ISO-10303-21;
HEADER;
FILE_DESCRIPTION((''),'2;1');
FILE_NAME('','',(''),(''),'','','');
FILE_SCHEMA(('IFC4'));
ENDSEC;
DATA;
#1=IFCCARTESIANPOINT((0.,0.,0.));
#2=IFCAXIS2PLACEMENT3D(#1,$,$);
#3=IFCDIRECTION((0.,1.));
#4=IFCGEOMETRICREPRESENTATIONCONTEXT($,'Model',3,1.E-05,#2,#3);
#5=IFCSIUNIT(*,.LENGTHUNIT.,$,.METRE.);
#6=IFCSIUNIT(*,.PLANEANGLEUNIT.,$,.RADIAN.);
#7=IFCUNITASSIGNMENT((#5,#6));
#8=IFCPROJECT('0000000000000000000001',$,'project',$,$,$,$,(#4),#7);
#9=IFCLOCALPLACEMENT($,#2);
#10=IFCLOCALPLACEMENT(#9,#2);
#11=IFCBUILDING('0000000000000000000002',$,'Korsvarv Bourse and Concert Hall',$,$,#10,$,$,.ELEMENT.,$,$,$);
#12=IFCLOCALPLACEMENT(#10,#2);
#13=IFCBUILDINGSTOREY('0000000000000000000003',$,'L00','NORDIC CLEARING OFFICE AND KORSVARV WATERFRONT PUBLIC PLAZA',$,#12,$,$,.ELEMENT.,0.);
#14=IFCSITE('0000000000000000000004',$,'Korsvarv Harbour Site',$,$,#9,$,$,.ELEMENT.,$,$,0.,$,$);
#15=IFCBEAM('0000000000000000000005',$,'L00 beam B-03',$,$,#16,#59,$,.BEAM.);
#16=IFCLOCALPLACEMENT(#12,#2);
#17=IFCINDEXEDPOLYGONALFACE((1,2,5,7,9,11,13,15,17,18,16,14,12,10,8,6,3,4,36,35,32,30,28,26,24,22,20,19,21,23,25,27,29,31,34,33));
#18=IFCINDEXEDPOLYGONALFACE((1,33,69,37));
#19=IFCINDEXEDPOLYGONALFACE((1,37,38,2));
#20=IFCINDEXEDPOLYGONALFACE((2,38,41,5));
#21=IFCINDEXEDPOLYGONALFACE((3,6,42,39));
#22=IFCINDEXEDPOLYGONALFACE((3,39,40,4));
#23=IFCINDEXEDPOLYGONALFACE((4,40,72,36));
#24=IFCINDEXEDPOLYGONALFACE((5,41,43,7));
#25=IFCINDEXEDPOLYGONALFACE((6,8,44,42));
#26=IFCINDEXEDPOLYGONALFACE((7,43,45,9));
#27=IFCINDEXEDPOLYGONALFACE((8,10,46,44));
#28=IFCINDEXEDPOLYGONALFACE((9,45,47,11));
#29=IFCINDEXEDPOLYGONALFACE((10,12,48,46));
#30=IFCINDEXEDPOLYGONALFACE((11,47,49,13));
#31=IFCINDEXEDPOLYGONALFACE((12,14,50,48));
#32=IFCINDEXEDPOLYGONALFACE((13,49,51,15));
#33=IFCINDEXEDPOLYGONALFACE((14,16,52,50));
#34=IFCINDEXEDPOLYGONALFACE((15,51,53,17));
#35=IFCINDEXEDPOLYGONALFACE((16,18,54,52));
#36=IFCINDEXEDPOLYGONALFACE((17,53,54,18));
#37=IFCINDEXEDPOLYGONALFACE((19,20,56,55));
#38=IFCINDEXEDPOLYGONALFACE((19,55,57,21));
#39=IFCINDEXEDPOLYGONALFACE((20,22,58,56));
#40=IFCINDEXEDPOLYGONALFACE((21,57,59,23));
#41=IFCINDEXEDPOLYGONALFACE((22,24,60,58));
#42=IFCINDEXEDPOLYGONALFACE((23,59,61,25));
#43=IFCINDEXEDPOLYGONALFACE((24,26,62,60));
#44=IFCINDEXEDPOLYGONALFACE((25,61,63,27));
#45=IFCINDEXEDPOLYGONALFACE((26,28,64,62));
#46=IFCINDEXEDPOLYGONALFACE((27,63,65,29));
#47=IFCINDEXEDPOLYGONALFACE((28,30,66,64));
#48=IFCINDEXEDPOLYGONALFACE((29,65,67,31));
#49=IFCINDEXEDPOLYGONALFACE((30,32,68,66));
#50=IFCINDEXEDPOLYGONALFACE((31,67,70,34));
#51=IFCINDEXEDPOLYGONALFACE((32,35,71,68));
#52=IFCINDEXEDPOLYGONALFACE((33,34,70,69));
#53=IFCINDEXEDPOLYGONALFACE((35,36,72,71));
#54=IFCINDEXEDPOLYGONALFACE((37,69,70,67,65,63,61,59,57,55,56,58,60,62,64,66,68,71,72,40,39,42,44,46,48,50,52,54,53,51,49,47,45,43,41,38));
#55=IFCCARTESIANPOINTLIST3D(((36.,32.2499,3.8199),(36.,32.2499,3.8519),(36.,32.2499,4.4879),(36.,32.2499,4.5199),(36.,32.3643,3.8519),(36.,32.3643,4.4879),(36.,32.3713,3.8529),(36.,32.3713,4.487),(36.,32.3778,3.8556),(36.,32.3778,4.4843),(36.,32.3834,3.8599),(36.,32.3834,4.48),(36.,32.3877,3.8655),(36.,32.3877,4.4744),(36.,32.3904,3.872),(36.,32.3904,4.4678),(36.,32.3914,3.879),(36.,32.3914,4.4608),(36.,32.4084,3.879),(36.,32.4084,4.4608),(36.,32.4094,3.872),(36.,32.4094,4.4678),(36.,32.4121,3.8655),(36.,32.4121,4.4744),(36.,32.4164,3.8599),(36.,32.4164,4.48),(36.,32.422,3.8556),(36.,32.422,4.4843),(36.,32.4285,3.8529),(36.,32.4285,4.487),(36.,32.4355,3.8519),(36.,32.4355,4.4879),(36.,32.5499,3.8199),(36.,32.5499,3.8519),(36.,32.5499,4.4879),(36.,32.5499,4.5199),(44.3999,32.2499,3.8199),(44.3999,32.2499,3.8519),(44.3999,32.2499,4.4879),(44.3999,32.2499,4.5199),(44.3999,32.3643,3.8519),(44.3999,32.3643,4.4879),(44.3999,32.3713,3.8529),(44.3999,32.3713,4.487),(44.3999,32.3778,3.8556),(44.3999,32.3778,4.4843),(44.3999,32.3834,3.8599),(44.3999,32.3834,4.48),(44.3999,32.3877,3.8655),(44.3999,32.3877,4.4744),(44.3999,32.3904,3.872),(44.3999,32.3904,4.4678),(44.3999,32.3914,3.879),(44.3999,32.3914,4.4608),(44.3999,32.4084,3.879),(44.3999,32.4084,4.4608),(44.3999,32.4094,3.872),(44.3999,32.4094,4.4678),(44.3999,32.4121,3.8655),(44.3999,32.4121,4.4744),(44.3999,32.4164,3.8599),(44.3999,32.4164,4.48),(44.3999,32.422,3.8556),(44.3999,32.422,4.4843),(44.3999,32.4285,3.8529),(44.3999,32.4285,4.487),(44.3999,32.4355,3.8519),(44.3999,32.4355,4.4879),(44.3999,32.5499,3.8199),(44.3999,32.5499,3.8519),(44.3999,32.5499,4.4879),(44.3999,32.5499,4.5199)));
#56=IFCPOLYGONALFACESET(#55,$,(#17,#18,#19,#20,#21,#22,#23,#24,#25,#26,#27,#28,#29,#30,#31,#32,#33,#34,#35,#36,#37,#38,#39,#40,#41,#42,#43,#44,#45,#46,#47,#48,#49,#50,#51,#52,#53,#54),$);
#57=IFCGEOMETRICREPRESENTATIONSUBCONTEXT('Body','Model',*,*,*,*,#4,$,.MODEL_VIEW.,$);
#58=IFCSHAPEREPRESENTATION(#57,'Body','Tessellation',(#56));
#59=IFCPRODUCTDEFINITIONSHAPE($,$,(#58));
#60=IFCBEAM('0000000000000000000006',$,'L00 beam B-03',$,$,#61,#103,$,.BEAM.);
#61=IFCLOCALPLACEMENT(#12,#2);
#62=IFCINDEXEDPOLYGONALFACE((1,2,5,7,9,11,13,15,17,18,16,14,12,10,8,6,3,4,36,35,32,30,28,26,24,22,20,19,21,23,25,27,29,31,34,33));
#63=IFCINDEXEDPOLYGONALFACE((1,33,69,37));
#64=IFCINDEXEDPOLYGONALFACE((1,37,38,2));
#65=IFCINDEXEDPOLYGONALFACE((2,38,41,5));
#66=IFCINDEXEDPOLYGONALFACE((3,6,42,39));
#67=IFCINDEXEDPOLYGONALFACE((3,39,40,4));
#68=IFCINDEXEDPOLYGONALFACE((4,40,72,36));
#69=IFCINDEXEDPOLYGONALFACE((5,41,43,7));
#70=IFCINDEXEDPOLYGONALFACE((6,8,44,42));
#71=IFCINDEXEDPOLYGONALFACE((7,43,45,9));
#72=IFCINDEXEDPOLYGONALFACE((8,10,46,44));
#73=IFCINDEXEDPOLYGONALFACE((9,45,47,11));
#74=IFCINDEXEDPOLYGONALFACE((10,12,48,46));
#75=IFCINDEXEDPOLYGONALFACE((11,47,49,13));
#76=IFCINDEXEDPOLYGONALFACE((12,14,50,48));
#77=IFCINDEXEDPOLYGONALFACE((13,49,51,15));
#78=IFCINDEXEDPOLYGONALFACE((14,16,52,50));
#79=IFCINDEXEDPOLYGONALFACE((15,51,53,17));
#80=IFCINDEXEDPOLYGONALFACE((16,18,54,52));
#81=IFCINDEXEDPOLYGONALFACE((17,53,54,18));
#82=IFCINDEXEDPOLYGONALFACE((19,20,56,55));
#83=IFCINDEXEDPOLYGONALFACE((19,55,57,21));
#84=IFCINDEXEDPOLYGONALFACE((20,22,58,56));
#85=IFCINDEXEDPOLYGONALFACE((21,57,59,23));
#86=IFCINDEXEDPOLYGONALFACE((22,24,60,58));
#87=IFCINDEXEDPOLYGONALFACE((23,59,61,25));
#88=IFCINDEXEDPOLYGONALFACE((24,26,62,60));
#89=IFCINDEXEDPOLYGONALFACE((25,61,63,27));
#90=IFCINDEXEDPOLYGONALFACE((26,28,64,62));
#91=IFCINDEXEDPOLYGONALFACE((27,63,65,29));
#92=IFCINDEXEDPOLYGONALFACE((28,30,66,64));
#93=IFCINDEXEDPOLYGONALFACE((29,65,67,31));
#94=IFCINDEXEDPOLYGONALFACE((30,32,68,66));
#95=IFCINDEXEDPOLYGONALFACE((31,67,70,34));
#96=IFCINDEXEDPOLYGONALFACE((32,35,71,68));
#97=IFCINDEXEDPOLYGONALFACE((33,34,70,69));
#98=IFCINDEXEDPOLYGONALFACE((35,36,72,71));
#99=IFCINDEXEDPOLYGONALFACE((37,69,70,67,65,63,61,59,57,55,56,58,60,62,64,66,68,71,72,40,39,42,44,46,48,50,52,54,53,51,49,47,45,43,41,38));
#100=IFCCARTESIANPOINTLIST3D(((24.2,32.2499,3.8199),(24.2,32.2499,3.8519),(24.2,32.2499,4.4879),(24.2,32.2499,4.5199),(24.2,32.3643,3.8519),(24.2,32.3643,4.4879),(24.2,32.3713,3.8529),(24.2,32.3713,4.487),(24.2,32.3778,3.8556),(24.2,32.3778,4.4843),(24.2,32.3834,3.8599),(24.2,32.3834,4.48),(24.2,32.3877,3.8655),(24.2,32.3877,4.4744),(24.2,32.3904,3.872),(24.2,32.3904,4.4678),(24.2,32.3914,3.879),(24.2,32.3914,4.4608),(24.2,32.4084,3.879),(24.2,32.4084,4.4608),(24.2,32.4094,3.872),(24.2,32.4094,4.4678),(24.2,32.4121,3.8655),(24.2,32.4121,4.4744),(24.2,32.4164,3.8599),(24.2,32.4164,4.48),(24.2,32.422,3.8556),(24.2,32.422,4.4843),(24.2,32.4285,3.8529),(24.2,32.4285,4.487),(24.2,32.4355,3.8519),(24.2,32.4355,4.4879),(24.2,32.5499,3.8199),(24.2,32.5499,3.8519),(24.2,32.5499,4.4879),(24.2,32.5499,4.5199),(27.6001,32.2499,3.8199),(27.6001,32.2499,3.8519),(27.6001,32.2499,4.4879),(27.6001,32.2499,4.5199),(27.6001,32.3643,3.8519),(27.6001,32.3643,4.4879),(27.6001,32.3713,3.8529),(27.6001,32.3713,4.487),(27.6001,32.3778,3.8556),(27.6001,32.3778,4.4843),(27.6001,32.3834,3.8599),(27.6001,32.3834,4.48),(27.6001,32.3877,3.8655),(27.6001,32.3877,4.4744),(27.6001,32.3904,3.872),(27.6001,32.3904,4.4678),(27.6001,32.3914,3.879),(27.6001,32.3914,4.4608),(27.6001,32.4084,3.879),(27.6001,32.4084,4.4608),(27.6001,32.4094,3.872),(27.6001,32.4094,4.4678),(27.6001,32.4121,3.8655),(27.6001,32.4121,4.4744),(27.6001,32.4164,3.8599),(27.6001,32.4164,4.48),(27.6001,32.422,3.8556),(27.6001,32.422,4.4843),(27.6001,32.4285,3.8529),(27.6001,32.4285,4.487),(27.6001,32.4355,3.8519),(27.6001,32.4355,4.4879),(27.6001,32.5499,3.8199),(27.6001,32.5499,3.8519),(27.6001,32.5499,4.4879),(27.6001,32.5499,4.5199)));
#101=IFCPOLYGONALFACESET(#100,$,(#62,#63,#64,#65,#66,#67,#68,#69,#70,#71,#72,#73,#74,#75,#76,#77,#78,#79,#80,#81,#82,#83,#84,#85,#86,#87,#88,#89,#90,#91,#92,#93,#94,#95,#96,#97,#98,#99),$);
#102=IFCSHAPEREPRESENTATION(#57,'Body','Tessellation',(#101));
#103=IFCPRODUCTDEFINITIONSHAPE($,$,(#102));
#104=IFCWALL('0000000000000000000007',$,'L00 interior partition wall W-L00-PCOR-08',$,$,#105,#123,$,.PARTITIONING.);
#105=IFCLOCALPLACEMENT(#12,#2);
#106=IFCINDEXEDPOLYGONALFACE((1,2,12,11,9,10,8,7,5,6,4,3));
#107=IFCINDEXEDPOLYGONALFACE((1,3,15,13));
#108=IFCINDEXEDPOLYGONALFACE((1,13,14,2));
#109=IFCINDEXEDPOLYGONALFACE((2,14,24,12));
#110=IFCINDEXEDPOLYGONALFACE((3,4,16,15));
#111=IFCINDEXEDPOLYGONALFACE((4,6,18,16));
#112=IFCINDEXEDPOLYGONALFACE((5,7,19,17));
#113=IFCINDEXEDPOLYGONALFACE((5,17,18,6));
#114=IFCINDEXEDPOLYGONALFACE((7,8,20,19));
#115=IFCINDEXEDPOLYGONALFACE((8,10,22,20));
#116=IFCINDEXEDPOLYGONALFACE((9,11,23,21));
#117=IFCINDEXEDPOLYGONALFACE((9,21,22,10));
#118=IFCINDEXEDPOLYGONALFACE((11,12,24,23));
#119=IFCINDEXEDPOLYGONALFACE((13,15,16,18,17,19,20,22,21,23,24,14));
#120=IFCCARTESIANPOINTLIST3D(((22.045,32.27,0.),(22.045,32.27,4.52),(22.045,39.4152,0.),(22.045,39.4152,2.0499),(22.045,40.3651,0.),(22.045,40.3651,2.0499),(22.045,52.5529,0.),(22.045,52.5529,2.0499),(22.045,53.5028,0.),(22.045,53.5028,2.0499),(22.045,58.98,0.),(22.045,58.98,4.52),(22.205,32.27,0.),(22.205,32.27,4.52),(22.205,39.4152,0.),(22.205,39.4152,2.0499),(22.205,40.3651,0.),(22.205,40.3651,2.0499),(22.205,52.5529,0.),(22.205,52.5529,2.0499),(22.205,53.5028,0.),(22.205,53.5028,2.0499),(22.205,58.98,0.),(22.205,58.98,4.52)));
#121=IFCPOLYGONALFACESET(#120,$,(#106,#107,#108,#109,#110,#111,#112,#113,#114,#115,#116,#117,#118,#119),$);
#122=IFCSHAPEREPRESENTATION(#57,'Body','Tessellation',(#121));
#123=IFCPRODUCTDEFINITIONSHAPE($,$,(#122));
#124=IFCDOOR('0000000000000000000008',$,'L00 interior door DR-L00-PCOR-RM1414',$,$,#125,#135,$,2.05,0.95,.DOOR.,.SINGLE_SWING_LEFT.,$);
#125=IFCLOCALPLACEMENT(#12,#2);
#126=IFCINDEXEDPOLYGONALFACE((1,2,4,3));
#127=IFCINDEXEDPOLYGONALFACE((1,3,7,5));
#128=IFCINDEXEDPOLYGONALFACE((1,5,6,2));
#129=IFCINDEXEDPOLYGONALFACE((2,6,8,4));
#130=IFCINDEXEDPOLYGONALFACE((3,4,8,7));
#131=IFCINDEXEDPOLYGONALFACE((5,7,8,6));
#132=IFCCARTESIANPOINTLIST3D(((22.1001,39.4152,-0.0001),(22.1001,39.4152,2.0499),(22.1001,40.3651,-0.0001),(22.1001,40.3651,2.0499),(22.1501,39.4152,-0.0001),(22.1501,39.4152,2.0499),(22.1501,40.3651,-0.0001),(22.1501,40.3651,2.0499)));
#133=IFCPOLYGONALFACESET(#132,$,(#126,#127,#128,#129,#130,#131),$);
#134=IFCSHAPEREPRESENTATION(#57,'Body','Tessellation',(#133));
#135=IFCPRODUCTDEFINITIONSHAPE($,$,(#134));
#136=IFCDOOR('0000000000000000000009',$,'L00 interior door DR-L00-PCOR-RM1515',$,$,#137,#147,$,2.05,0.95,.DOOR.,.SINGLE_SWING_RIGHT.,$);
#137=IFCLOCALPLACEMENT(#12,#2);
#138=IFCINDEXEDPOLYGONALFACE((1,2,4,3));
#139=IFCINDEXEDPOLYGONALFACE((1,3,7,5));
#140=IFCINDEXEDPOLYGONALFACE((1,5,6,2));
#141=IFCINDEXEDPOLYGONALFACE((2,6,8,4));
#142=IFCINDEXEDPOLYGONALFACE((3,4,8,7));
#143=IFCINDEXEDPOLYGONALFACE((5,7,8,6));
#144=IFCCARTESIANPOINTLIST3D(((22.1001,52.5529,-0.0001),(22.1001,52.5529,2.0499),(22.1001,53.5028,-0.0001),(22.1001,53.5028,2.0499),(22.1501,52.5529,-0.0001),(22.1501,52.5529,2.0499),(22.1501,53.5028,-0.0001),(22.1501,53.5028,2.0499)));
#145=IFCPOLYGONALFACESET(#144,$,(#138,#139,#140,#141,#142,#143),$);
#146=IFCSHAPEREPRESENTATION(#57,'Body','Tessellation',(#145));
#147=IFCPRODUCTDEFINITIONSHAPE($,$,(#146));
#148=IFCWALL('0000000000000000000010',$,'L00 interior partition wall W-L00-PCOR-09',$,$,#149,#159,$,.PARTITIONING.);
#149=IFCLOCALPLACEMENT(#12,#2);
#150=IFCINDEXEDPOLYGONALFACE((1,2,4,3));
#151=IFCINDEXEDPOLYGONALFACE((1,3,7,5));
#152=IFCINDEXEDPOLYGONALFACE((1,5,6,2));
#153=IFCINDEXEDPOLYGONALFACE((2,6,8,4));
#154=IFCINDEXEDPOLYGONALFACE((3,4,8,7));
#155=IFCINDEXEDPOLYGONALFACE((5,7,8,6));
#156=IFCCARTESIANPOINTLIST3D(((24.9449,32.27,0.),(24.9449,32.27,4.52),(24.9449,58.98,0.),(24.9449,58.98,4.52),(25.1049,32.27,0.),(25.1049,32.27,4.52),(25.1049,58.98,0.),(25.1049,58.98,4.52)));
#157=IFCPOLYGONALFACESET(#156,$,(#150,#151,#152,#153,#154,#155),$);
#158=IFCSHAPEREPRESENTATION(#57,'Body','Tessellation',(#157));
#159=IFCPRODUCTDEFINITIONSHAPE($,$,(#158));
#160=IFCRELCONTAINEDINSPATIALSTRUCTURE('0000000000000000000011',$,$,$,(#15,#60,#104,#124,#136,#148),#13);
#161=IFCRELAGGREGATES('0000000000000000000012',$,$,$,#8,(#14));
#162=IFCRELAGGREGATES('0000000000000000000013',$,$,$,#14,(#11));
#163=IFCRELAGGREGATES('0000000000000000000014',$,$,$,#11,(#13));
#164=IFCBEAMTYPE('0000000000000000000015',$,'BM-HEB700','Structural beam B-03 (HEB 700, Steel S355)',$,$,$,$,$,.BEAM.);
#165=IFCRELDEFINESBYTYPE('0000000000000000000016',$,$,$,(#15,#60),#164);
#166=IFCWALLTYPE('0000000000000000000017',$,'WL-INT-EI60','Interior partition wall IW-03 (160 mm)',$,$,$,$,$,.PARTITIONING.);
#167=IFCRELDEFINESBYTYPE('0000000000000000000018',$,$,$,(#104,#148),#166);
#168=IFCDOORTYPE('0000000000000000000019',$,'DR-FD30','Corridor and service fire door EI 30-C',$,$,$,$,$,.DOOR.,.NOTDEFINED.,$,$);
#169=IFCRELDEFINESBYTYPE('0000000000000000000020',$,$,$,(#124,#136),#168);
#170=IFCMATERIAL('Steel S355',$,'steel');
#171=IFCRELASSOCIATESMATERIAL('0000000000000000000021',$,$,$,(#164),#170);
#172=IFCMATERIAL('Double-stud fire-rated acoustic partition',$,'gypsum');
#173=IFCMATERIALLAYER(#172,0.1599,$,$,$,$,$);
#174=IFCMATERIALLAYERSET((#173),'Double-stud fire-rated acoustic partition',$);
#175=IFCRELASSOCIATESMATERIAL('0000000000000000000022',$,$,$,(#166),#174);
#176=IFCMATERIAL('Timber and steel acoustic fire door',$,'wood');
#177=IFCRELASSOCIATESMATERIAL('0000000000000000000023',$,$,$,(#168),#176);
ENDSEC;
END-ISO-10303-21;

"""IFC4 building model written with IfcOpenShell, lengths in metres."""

from ifc_helpers import new_model, si_unit, direction, frame, frame_2d, origin, origin_2d, place, context, subcontext, project, spatial, rectangle, i_section, extrude, source, transform, mapped, material, layer, layer_set, material_profile, profile_set, type_object, element, fill, save


model = new_model("IFC4")

# Units and contexts
model_context = context("Model", 3, precision=1e-05, world=origin(), true_north=direction((0.0, 1.0)))
body_context = subcontext(model_context, "Body", "Model", "MODEL_VIEW")
ifc_project = project(units=[si_unit("LENGTHUNIT", "METRE"), si_unit("PLANEANGLEUNIT", "RADIAN")], contexts=[model_context])

# Site, building, storey
site_placement = place(None, origin())
site = spatial("IfcSite", under=ifc_project, at=site_placement, Name="Korsvarv Harbour Site", CompositionType="ELEMENT", RefElevation=0.0)
building_placement = place(site_placement, origin())
building = spatial("IfcBuilding", under=site, at=building_placement, Name="Korsvarv Bourse and Concert Hall", CompositionType="ELEMENT")
storey_placement = place(building_placement, origin())
storey = spatial("IfcBuildingStorey", under=building, at=storey_placement, Name="L00", Description="NORDIC CLEARING OFFICE AND KORSVARV WATERFRONT PUBLIC PLAZA", CompositionType="ELEMENT", Elevation=0.0)

# Beams
ifc_material_1 = material(Name="Steel S355", Category="steel")
ifc_material_profile_1 = material_profile(ifc_material_1, i_section(OverallWidth=0.3, OverallDepth=0.7, WebThickness=0.0171, FlangeThickness=0.032, FilletRadius=0.0271, at=origin_2d()), Name="HEB 700")
ifc_profile_set_1 = profile_set([ifc_material_profile_1], Name="Steel S355")
beam_type = type_object("IfcBeamType", Name="BM-HEB700", Description="Structural beam B-03 (HEB 700, Steel S355)", PredefinedType="BEAM", material=ifc_profile_set_1)
shared_shape_1 = source(origin(), body_context, "Body", "SweptSolid", [
    extrude(i_section(OverallWidth=0.3, OverallDepth=0.7, WebThickness=0.0171, FlangeThickness=0.032, FilletRadius=0.0271, at=origin_2d()), origin(), (0.0, 0.0, 1.0), 8.3999),
])
for number, where, z_axis, x_axis, name in (
    (1, (36.0, 32.3999, 4.1699), (1.0, 0.0, 0.0), (0.0, 1.0, 0.0), "L00 beam B-03"),
):
    element("IfcBeam", number, at=place(storey_placement, frame(where, z_axis=z_axis, x_axis=x_axis)), inside=storey, type_object=beam_type, Name=name, PredefinedType="BEAM", context=body_context, shape_type="MappedRepresentation", body=[
        mapped(shared_shape_1, transform((0.0, 0.0, 0.0), scale=1.0)),
    ])
shared_shape_2 = source(origin(), body_context, "Body", "SweptSolid", [
    extrude(i_section(OverallWidth=0.3, OverallDepth=0.7, WebThickness=0.0171, FlangeThickness=0.032, FilletRadius=0.0271, at=origin_2d()), origin(), (0.0, 0.0, 1.0), 3.4001),
])
beam_placement = place(storey_placement, frame((24.2, 32.3999, 4.1699), z_axis=(1.0, 0.0, 0.0), x_axis=(0.0, 1.0, 0.0)))
element("IfcBeam", 2, at=beam_placement, inside=storey, type_object=beam_type, Name="L00 beam B-03", PredefinedType="BEAM", context=body_context, shape_type="MappedRepresentation", body=[
    mapped(shared_shape_2, transform((0.0, 0.0, 0.0), scale=1.0)),
])

# Wall, openings, doors
ifc_material_2 = material(Name="Double-stud fire-rated acoustic partition", Category="gypsum")
ifc_layer_1 = layer(ifc_material_2, 0.1599)
ifc_layer_set_1 = layer_set([ifc_layer_1], Name="Double-stud fire-rated acoustic partition")
wall_type_1 = type_object("IfcWallType", Name="WL-INT-EI60", Description="Interior partition wall IW-03 (160 mm)", PredefinedType="PARTITIONING", material=ifc_layer_set_1)
wall_1_placement = place(storey_placement, frame((22.125, 32.27, 0.0), z_axis=(0.0, 0.0, 1.0), x_axis=(0.0, 1.0, 0.0)))
wall_1 = element("IfcWall", 3, at=wall_1_placement, inside=storey, type_object=wall_type_1, Name="L00 interior partition wall W-L00-PCOR-08", PredefinedType="PARTITIONING", context=body_context, shape_type="SweptSolid", body=[
    extrude(rectangle(XDim=26.71, YDim=0.1599, at=frame_2d((13.355, 0.0))), origin(), (0.0, 0.0, 1.0), 4.52),
])
opening_1_placement = place(wall_1_placement, frame((7.145, 0.0, 0.0)))
opening_1 = element("IfcOpeningElement", 4, at=opening_1_placement, cuts=wall_1, PredefinedType="OPENING", context=body_context, shape_type="SweptSolid", body=[
    extrude(rectangle(XDim=0.95, YDim=2.05, at=frame_2d((0.4751, 1.0249))), frame((0.0, 0.0898, 0.0), z_axis=(0.0, -1.0, 0.0), x_axis=(1.0, 0.0, 0.0)), (0.0, 0.0, 1.0), 0.1799),
])
opening_2_placement = place(wall_1_placement, frame((20.2827, 0.0, 0.0)))
opening_2 = element("IfcOpeningElement", 5, at=opening_2_placement, cuts=wall_1, PredefinedType="OPENING", context=body_context, shape_type="SweptSolid", body=[
    extrude(rectangle(XDim=0.95, YDim=2.05, at=frame_2d((0.4751, 1.0249))), frame((0.0, 0.0898, 0.0), z_axis=(0.0, -1.0, 0.0), x_axis=(1.0, 0.0, 0.0)), (0.0, 0.0, 1.0), 0.1799),
])
ifc_material_3 = material(Name="Timber and steel acoustic fire door", Category="wood")
door_type_1 = type_object("IfcDoorType", Name="DR-FD30", Description="Corridor and service fire door EI 30-C", OperationType="NOTDEFINED", PredefinedType="DOOR", material=ifc_material_3)
door_1_placement = place(opening_1_placement, origin())
door_1 = element("IfcDoor", 6, at=door_1_placement, inside=storey, type_object=door_type_1, Name="L00 interior door DR-L00-PCOR-RM1414", OperationType="SINGLE_SWING_LEFT", OverallHeight=2.05, OverallWidth=0.95, PredefinedType="DOOR", context=body_context, shape_type="SweptSolid", body=[
    extrude(rectangle(XDim=0.95, YDim=2.05, at=frame_2d((0.4751, 1.0249))), frame((0.0, 0.0249, 0.0), z_axis=(0.0, -1.0, 0.0), x_axis=(1.0, 0.0, 0.0)), (0.0, 0.0, 1.0), 0.05),
])
fill(opening_1, door_1)
door_2_placement = place(opening_2_placement, origin())
door_2 = element("IfcDoor", 7, at=door_2_placement, inside=storey, type_object=door_type_1, Name="L00 interior door DR-L00-PCOR-RM1515", OperationType="SINGLE_SWING_RIGHT", OverallHeight=2.05, OverallWidth=0.95, PredefinedType="DOOR", context=body_context, shape_type="SweptSolid", body=[
    extrude(rectangle(XDim=0.95, YDim=2.05, at=frame_2d((0.4751, 1.0249))), frame((0.0, 0.0249, 0.0), z_axis=(0.0, -1.0, 0.0), x_axis=(1.0, 0.0, 0.0)), (0.0, 0.0, 1.0), 0.05),
])
fill(opening_2, door_2)

# Wall
wall_2_placement = place(storey_placement, frame((25.0249, 32.27, 0.0), z_axis=(0.0, 0.0, 1.0), x_axis=(0.0, 1.0, 0.0)))
element("IfcWall", 8, at=wall_2_placement, inside=storey, type_object=wall_type_1, Name="L00 interior partition wall W-L00-PCOR-09", PredefinedType="PARTITIONING", context=body_context, shape_type="SweptSolid", body=[
    extrude(rectangle(XDim=26.71, YDim=0.1599, at=frame_2d((13.355, 0.0))), origin(), (0.0, 0.0, 1.0), 4.52),
])

save(model, "model.ifc")
